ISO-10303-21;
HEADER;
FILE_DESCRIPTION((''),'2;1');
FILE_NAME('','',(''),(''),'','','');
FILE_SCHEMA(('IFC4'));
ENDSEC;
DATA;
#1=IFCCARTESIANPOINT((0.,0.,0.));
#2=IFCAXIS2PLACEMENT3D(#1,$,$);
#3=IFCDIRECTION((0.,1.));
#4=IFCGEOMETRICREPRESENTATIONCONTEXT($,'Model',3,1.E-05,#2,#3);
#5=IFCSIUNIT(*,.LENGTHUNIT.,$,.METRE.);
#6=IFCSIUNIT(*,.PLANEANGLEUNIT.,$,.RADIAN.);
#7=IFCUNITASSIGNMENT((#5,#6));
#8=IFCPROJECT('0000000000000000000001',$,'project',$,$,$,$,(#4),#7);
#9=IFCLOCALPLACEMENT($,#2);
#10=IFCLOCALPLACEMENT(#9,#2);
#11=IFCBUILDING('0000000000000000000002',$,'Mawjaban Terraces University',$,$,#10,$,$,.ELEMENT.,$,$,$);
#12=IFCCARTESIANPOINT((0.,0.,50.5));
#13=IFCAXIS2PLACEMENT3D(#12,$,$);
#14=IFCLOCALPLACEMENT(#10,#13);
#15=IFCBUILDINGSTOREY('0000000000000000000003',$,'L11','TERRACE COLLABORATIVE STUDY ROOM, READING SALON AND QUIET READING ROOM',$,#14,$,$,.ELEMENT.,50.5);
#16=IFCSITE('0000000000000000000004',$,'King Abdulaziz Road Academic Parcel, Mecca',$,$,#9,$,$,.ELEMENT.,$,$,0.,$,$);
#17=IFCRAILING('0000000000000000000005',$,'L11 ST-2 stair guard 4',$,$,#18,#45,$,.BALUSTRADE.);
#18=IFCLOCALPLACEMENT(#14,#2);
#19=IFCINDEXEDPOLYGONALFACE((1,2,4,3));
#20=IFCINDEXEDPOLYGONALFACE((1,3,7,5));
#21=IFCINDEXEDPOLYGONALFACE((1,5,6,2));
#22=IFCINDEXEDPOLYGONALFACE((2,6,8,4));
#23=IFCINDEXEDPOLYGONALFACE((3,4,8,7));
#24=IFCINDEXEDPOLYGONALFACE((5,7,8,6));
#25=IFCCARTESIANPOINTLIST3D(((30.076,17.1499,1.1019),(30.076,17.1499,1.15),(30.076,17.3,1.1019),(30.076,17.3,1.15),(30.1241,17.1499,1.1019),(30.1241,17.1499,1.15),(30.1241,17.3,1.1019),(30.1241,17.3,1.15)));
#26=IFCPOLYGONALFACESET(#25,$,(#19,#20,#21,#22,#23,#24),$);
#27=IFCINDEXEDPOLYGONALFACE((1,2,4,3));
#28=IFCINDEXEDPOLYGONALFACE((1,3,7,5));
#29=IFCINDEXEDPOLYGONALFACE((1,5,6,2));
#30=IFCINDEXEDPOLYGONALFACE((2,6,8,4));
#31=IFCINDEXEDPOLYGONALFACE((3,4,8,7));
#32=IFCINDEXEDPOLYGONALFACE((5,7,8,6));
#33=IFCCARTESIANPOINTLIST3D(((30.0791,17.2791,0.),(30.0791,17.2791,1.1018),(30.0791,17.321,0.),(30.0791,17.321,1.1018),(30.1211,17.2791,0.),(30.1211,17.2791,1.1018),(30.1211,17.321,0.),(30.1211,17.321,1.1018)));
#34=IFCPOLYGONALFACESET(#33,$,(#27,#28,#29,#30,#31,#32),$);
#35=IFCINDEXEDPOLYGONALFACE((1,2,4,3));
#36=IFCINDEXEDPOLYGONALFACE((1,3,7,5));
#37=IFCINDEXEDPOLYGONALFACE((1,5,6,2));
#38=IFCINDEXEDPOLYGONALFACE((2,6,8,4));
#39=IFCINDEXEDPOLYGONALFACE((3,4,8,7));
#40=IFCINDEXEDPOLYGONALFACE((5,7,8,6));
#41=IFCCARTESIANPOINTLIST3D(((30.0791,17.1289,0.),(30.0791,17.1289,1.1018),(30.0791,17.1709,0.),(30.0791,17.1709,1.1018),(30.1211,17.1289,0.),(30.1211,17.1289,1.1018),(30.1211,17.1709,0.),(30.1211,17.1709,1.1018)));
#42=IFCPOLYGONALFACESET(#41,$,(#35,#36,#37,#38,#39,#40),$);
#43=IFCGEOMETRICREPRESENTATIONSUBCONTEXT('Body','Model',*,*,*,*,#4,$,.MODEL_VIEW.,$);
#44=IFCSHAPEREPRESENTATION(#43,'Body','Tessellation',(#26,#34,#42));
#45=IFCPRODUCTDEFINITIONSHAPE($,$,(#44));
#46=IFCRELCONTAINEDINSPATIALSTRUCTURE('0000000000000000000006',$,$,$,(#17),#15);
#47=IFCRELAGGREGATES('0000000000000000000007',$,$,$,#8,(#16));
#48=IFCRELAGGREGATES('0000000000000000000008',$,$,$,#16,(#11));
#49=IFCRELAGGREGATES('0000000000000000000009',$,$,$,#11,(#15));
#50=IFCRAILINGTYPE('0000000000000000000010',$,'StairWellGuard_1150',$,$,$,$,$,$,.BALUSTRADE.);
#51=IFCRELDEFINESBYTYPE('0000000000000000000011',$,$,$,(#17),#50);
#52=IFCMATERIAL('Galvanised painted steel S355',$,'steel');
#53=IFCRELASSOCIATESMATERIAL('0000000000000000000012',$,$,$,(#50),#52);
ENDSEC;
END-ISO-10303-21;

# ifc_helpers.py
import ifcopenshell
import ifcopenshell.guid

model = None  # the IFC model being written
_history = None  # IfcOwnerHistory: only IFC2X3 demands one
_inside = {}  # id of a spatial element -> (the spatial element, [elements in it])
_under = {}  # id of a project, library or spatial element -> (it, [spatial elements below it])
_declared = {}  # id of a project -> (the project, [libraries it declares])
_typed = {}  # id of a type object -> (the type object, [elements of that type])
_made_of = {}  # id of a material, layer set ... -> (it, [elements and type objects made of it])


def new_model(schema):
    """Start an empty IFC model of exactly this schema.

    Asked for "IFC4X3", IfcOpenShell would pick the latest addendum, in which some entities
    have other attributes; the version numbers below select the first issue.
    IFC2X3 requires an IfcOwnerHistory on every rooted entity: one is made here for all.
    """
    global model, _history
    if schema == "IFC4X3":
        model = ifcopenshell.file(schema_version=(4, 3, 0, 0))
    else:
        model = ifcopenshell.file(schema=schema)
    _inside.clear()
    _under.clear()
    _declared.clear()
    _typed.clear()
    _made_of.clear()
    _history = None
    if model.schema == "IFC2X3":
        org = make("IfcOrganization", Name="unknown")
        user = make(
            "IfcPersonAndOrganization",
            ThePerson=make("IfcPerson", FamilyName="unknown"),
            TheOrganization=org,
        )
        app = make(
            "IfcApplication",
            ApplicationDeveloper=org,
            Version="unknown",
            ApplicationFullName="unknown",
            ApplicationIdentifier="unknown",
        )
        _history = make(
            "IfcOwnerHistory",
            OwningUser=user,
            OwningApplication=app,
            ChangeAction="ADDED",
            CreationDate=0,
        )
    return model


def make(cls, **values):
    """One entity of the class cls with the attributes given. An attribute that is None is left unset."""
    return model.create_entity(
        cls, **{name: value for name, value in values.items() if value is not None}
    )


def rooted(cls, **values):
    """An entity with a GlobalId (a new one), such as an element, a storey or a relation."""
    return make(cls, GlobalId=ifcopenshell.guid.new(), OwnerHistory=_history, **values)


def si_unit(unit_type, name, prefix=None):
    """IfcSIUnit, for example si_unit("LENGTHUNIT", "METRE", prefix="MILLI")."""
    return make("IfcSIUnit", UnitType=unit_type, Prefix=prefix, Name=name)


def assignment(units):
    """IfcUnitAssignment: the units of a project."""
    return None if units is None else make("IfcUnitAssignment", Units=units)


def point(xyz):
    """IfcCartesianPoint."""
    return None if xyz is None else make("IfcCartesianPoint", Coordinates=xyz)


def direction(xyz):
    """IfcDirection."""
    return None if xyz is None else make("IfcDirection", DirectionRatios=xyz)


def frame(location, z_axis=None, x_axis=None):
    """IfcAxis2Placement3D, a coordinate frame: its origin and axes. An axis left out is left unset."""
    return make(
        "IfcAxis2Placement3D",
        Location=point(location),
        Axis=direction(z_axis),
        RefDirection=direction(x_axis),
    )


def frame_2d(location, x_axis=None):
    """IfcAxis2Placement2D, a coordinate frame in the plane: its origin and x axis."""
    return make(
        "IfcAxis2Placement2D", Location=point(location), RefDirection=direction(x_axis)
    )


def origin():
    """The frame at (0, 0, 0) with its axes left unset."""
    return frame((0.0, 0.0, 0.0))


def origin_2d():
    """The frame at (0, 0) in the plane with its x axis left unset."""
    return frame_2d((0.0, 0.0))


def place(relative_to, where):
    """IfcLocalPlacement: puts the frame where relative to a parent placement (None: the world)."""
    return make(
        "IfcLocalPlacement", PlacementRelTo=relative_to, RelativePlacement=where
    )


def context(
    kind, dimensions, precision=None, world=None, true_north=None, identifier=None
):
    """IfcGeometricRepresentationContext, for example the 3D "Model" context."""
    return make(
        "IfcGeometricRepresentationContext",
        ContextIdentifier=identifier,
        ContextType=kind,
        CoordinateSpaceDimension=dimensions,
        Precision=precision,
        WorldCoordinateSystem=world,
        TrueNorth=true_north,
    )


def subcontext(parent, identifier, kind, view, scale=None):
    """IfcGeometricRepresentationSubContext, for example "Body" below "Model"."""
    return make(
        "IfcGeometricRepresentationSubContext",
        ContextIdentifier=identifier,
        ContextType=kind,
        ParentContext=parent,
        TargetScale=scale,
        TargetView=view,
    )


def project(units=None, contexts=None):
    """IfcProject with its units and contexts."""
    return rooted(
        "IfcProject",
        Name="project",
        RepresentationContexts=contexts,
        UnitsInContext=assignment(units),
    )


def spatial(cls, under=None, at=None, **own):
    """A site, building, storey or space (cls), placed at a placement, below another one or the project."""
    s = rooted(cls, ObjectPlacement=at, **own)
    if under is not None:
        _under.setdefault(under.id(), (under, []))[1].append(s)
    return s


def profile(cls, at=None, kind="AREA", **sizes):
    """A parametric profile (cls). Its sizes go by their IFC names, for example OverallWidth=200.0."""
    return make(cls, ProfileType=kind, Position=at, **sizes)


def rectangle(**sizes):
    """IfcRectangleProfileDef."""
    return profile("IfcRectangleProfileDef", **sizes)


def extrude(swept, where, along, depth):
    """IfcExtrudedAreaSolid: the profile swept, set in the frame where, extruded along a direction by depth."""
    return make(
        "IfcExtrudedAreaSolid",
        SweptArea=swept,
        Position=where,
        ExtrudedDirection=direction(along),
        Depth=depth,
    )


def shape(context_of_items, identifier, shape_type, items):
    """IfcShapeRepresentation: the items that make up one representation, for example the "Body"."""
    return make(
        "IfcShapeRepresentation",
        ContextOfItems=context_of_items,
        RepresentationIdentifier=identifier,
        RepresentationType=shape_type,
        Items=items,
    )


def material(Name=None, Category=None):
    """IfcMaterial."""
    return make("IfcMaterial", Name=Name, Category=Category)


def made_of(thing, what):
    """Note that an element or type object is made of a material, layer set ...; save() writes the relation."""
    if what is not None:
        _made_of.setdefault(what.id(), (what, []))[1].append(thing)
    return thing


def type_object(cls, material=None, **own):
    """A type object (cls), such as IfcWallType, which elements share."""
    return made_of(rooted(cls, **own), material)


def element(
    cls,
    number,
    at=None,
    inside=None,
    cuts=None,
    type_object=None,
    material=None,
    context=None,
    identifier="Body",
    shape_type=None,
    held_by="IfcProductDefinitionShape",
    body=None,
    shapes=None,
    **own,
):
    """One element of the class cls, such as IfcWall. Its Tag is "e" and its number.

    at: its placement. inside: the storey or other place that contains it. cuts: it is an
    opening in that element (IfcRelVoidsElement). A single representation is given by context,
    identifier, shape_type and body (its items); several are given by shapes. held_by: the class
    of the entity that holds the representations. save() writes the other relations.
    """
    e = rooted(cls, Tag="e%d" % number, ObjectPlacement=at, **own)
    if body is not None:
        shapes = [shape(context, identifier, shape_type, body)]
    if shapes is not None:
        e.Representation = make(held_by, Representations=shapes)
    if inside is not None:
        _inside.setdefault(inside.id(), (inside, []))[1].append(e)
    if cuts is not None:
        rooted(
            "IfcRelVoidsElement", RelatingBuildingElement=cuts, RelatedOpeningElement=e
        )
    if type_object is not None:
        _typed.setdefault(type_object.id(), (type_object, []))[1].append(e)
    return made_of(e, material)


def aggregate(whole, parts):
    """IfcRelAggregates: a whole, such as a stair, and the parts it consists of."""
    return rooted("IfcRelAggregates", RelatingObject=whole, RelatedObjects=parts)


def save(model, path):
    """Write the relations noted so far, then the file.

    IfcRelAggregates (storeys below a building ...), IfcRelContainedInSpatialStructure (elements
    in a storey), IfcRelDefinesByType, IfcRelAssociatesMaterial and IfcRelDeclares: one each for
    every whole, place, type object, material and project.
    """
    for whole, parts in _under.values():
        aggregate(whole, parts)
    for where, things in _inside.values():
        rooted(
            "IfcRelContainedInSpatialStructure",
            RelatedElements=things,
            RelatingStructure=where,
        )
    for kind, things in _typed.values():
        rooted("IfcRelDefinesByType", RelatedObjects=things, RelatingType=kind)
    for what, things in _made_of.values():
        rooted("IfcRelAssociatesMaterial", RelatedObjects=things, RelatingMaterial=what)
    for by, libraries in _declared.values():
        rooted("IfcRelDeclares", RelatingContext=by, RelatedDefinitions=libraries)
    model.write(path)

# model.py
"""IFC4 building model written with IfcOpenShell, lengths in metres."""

from ifc_helpers import new_model, si_unit, direction, frame, origin, origin_2d, place, context, subcontext, project, spatial, rectangle, extrude, material, type_object, element, save


model = new_model("IFC4")

# Units and contexts
model_context = context("Model", 3, precision=1e-05, world=origin(), true_north=direction((0.0, 1.0)))
body_context = subcontext(model_context, "Body", "Model", "MODEL_VIEW")
ifc_project = project(units=[si_unit("LENGTHUNIT", "METRE"), si_unit("PLANEANGLEUNIT", "RADIAN")], contexts=[model_context])

# Site, building, storey
site_placement = place(None, origin())
site = spatial("IfcSite", under=ifc_project, at=site_placement, Name="King Abdulaziz Road Academic Parcel, Mecca", CompositionType="ELEMENT", RefElevation=0.0)
building_placement = place(site_placement, origin())
building = spatial("IfcBuilding", under=site, at=building_placement, Name="Mawjaban Terraces University", CompositionType="ELEMENT")
storey_placement = place(building_placement, frame((0.0, 0.0, 50.5)))
storey = spatial("IfcBuildingStorey", under=building, at=storey_placement, Name="L11", Description="TERRACE COLLABORATIVE STUDY ROOM, READING SALON AND QUIET READING ROOM", CompositionType="ELEMENT", Elevation=50.5)

# Railing
ifc_material_1 = material(Name="Galvanised painted steel S355", Category="steel")
railing_type_1 = type_object("IfcRailingType", Name="StairWellGuard_1150", PredefinedType="BALUSTRADE", material=ifc_material_1)
railing_1_placement = place(storey_placement, frame((30.1001, 17.3, 0.0)))
element("IfcRailing", 1, at=railing_1_placement, inside=storey, type_object=railing_type_1, Name="L11 ST-2 stair guard 4", PredefinedType="BALUSTRADE", context=body_context, shape_type="SweptSolid", body=[
    extrude(rectangle(XDim=0.0481, YDim=0.0481, at=origin_2d()), frame((0.0, 0.0, 1.126), z_axis=(0.0, -1.0, 0.0), x_axis=(1.0, 0.0, 0.0)), (0.0, 0.0, 1.0), 0.1501),
    extrude(rectangle(XDim=0.042, YDim=0.042, at=origin_2d()), origin(), (0.0, 0.0, 1.0), 1.1018),
    extrude(rectangle(XDim=0.042, YDim=0.042, at=origin_2d()), frame((0.0, -0.1501, 0.0)), (0.0, 0.0, 1.0), 1.1018),
])

save(model, "model.ifc")
